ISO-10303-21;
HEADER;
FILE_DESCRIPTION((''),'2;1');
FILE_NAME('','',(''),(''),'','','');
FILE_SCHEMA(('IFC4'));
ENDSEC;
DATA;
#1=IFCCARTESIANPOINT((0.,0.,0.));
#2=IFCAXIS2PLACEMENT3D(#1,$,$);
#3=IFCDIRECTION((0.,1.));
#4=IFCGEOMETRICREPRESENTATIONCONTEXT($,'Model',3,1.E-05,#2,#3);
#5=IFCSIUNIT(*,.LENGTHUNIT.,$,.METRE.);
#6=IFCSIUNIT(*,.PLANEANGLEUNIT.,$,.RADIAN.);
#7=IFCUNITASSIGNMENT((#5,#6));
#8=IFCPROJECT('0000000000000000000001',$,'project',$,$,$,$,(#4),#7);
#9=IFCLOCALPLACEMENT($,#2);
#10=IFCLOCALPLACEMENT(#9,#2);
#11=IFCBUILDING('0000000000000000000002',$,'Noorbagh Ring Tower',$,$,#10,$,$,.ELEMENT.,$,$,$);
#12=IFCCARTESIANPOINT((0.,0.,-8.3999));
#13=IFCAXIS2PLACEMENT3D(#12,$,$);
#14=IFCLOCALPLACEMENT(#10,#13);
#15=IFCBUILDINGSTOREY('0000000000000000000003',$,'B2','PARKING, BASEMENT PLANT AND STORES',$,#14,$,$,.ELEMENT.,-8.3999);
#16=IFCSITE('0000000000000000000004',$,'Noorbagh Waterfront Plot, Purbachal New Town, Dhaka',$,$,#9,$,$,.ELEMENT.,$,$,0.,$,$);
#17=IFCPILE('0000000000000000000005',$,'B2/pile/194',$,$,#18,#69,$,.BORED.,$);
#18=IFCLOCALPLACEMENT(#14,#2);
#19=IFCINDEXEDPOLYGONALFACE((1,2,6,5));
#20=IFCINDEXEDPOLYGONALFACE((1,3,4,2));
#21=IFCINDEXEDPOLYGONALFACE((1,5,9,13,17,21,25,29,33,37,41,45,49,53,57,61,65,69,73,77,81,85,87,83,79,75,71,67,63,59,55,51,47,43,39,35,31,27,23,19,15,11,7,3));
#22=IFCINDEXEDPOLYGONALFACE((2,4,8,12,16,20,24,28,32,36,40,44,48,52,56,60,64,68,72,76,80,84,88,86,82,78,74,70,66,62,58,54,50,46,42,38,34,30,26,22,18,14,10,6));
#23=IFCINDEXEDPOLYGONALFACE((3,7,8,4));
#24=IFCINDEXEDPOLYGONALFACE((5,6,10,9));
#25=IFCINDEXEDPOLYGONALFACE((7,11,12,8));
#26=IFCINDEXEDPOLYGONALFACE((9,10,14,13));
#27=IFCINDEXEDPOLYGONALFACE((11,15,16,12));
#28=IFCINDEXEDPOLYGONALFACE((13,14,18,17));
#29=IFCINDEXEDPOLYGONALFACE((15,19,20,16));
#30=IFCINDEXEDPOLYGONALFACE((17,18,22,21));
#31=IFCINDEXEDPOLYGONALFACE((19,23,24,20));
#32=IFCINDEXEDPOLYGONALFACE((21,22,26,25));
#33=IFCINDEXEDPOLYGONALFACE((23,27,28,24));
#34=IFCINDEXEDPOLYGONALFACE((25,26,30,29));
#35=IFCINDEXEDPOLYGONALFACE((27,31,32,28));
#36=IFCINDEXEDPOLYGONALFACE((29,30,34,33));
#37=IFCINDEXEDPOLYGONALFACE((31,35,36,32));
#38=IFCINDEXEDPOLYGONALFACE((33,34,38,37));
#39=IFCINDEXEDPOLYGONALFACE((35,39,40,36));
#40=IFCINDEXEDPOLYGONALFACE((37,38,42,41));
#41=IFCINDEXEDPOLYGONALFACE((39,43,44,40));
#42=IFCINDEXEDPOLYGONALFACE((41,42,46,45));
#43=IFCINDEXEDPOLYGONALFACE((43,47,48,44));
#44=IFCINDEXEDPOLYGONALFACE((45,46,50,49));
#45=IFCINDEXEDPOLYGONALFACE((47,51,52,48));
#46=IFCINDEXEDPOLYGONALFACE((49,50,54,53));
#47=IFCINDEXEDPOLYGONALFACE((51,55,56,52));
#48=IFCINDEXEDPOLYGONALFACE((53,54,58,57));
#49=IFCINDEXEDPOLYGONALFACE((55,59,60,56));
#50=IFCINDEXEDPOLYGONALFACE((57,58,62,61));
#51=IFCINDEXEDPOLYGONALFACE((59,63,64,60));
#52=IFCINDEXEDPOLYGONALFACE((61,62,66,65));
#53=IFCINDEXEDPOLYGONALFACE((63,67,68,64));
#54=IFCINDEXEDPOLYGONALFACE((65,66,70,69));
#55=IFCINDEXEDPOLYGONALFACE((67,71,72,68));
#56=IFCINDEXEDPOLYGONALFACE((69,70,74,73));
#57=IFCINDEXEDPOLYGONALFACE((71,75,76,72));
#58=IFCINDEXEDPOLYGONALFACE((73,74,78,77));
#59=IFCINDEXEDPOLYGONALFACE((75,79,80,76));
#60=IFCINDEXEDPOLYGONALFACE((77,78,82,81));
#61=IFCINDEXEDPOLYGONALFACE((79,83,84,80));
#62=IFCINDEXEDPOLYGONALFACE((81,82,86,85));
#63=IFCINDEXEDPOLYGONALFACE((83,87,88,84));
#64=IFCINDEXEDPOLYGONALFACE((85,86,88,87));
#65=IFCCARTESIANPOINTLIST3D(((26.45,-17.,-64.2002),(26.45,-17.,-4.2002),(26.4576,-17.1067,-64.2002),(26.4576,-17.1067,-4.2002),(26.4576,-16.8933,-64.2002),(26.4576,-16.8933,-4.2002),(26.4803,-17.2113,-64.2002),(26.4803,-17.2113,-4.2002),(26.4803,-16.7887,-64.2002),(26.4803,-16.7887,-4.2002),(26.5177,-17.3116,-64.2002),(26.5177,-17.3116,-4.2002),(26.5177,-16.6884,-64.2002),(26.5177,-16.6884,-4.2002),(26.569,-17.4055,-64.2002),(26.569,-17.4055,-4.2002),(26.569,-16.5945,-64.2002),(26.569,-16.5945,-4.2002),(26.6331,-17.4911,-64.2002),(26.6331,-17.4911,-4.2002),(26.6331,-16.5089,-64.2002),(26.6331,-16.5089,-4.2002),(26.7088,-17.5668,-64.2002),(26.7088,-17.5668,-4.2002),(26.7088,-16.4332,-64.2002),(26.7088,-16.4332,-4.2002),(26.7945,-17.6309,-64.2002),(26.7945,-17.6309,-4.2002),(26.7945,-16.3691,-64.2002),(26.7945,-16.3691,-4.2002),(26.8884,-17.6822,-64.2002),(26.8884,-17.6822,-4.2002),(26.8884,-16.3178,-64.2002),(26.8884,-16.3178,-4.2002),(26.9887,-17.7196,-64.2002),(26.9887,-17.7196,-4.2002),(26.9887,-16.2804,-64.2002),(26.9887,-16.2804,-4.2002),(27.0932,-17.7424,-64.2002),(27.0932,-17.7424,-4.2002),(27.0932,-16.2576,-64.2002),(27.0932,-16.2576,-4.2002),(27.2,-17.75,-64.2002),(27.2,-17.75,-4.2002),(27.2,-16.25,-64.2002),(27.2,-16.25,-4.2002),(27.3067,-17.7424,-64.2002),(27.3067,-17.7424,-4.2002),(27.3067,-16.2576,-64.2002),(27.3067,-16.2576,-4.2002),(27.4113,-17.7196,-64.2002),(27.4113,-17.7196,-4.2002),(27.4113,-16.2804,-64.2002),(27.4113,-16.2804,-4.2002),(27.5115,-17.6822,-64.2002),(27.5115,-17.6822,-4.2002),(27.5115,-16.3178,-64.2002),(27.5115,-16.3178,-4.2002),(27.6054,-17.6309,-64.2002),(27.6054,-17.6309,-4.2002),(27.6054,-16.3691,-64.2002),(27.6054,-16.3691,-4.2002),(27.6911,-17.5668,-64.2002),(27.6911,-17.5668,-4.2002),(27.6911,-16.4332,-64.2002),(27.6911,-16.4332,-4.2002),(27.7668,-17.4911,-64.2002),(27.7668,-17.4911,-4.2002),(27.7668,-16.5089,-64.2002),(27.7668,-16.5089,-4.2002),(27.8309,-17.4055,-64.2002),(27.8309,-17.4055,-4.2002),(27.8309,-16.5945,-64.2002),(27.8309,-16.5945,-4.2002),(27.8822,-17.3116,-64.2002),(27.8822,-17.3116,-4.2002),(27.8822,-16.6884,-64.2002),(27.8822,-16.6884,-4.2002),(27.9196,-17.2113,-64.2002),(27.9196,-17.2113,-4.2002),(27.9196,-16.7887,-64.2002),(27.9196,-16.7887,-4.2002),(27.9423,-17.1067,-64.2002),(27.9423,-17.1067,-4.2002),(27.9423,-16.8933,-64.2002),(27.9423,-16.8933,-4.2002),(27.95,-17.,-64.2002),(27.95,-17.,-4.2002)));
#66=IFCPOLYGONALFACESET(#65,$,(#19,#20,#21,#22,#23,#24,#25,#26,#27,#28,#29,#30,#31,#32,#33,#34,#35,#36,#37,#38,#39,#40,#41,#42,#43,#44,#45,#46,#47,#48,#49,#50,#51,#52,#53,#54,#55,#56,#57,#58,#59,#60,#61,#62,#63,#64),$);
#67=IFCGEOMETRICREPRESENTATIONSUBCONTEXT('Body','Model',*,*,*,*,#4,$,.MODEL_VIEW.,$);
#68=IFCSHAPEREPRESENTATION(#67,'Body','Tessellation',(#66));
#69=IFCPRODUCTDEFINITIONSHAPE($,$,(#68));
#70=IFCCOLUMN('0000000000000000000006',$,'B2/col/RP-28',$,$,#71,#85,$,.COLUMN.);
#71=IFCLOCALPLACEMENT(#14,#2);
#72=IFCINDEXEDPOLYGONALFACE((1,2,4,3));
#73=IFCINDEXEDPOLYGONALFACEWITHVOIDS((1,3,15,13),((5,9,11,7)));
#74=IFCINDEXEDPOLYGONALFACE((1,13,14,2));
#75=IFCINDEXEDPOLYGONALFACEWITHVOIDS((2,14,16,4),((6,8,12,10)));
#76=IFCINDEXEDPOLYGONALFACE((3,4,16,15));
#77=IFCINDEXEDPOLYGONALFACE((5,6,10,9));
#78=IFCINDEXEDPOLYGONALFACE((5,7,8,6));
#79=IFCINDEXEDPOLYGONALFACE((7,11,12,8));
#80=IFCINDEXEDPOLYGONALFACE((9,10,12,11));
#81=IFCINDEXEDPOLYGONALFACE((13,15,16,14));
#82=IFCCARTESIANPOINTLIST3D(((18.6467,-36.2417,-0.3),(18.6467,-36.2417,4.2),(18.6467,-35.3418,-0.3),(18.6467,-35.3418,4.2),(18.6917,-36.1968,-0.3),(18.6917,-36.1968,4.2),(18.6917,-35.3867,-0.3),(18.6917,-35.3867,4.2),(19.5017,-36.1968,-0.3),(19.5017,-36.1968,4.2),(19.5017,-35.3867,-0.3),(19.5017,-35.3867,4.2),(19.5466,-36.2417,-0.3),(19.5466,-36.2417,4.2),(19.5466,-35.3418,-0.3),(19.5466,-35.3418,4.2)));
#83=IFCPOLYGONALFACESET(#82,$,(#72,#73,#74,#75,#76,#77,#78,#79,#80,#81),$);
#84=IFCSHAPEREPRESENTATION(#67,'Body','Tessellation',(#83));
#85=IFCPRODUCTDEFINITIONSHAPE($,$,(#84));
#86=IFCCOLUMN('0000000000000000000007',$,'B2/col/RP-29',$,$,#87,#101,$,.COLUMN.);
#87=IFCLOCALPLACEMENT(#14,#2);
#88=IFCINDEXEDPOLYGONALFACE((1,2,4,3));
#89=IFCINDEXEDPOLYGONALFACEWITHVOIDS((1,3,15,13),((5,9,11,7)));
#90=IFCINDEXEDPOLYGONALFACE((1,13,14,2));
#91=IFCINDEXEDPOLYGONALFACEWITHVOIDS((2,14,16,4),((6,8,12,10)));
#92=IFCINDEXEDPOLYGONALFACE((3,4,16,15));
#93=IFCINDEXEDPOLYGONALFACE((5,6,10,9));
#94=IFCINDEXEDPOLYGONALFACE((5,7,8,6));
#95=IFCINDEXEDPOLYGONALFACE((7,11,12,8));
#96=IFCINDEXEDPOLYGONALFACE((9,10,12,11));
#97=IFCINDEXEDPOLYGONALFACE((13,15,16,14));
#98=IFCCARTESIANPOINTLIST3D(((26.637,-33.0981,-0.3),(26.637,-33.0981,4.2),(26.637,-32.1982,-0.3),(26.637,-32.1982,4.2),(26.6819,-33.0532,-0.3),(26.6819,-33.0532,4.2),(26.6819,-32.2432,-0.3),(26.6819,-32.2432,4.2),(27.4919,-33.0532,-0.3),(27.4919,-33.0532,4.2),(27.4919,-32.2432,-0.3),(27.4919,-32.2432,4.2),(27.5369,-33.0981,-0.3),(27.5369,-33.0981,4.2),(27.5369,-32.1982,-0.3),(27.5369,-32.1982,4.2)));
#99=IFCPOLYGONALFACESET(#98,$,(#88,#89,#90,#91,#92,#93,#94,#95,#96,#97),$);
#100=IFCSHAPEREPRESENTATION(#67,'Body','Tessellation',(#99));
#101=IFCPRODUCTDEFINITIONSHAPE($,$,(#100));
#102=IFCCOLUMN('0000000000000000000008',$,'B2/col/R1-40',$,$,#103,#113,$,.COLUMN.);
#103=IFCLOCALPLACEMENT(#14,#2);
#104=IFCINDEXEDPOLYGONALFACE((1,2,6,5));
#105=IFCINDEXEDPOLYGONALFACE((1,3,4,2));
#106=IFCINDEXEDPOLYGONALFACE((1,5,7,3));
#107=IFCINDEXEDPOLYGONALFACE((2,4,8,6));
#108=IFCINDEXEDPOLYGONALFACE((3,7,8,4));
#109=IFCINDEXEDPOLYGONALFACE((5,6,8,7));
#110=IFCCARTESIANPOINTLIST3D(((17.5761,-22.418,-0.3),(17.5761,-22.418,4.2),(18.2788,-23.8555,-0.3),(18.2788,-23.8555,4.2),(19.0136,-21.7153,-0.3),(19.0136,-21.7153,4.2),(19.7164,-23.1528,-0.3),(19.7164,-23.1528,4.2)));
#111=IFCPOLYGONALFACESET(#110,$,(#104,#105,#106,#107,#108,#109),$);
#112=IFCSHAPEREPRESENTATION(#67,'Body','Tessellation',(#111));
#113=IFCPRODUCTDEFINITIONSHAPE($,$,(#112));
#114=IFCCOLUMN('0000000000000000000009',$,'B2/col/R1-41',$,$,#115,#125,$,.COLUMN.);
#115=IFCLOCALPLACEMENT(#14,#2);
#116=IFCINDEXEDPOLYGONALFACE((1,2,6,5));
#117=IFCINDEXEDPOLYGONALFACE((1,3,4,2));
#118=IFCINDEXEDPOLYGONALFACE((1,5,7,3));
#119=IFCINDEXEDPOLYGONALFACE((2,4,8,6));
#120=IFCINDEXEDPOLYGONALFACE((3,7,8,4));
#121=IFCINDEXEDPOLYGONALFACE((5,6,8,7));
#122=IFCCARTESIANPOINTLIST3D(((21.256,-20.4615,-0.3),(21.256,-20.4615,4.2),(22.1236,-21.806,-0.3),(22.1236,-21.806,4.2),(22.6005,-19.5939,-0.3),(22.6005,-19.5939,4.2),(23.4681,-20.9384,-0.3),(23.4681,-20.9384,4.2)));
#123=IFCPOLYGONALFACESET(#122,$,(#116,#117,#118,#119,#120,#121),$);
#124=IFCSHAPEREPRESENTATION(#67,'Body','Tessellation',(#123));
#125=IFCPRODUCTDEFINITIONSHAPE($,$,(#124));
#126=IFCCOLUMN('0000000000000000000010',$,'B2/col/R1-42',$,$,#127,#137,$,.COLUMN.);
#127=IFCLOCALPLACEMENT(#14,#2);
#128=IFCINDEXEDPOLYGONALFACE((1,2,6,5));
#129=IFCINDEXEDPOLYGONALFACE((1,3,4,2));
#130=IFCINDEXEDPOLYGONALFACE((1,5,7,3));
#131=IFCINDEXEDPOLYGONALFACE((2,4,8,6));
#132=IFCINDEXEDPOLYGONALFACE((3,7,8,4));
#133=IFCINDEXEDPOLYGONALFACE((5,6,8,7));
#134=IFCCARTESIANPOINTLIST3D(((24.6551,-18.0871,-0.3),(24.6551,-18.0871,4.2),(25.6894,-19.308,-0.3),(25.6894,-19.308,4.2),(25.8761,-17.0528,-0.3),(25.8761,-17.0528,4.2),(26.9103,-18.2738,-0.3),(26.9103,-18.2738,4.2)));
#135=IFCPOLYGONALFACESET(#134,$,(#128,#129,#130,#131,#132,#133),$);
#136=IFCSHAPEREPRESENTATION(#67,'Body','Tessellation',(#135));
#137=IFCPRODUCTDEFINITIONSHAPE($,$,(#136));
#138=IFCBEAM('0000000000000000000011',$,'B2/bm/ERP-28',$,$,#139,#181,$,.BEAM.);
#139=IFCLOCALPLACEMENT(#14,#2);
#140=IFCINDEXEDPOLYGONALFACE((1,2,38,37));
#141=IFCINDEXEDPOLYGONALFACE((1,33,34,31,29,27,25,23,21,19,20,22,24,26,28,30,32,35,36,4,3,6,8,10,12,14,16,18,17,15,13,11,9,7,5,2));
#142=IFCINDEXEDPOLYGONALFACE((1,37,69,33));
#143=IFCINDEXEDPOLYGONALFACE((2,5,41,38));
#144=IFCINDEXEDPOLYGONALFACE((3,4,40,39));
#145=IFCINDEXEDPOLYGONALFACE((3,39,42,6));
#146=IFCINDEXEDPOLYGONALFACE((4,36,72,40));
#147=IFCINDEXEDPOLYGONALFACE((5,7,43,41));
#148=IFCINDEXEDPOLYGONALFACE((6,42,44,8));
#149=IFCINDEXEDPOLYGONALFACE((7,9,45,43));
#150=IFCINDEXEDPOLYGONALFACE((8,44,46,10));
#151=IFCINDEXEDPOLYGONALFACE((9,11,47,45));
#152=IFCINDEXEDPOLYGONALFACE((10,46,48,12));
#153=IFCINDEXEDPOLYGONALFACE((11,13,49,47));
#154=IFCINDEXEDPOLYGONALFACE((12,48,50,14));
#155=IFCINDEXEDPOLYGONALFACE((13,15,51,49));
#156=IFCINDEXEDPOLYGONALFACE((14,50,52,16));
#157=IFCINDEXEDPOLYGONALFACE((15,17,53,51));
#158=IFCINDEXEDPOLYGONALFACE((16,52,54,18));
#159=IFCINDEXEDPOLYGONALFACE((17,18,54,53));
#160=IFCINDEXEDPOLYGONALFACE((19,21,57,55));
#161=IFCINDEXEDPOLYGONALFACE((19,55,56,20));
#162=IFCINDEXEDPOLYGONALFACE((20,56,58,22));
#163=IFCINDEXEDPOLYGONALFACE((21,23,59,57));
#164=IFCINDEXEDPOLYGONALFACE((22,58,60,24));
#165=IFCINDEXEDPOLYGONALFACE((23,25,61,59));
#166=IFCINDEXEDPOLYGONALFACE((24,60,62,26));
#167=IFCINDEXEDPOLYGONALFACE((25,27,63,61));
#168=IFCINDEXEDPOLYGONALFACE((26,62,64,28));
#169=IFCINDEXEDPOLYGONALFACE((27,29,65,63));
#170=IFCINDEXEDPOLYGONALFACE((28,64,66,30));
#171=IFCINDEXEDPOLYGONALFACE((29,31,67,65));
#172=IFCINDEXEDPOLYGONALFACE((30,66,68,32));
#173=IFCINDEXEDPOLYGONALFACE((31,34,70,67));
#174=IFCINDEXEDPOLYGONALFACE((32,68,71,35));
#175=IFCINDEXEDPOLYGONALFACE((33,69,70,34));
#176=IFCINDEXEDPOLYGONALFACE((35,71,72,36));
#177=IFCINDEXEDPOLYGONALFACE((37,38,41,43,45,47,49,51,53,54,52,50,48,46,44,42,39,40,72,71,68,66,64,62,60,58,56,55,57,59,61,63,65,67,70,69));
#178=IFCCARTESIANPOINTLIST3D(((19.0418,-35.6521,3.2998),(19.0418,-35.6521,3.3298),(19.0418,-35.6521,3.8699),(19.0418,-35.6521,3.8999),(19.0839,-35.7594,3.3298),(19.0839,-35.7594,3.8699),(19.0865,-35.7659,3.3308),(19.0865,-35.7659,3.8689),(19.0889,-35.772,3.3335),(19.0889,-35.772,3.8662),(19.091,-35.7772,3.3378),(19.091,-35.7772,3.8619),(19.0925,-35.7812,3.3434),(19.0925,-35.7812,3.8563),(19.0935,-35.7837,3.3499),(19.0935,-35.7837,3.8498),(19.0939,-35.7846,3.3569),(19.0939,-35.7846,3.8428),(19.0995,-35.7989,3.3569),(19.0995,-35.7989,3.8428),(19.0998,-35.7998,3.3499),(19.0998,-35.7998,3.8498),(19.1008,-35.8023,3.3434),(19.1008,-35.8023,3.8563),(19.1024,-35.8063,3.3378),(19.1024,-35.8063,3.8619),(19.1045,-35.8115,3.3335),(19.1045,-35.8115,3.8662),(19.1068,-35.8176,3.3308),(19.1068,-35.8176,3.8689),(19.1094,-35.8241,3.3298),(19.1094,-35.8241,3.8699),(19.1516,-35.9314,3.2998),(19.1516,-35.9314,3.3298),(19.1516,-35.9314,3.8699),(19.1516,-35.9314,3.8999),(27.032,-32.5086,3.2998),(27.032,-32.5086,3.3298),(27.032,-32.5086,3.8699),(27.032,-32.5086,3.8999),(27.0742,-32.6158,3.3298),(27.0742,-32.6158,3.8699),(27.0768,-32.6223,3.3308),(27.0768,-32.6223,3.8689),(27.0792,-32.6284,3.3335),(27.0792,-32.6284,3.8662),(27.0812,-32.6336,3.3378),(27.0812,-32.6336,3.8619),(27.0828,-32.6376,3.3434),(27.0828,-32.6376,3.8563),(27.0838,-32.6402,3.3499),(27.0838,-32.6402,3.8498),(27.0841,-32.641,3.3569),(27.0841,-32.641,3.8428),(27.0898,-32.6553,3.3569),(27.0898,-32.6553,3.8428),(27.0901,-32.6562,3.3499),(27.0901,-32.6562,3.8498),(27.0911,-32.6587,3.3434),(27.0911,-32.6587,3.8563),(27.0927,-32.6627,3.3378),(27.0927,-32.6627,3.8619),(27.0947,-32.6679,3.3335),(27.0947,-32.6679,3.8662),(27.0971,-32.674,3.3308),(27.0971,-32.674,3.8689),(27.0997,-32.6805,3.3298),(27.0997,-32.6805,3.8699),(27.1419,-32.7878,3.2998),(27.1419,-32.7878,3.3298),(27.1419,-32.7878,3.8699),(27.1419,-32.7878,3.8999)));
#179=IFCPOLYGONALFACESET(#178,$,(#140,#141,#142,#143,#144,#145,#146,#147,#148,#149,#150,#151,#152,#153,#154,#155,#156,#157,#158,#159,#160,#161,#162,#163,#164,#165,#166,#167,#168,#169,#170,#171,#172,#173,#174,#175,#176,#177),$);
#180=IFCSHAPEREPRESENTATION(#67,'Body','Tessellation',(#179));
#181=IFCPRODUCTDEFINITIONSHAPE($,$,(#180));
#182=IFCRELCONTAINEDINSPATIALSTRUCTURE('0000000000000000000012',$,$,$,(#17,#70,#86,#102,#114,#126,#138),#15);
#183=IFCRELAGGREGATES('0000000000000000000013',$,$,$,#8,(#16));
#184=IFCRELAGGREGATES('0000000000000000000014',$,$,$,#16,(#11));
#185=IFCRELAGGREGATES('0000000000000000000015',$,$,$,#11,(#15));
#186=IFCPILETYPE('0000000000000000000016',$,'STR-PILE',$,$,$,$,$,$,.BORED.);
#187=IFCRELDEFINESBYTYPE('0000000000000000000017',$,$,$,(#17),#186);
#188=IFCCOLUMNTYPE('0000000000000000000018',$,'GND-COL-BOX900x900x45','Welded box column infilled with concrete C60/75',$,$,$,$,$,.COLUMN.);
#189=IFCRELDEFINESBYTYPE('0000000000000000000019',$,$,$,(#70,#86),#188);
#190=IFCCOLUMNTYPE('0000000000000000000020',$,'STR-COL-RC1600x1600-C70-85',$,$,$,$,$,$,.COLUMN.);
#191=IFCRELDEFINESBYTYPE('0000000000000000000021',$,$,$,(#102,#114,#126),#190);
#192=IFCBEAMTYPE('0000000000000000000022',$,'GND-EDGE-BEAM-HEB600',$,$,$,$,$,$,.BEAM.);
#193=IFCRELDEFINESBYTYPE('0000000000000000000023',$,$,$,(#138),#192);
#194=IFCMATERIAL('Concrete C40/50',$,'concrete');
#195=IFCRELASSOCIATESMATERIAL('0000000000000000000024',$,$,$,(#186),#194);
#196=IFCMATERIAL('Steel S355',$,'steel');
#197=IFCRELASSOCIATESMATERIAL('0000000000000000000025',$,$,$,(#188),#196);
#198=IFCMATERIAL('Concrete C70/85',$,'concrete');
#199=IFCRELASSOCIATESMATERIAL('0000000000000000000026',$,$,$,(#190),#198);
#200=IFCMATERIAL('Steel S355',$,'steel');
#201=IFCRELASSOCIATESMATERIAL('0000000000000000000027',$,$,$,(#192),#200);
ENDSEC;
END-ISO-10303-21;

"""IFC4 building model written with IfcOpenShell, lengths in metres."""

from ifc_helpers import new_model, si_unit, direction, frame, origin, origin_2d, place, context, subcontext, project, spatial, rectangle, hollow_rectangle, circle, i_section, extrude, material, material_profile, profile_set, type_object, element, save


model = new_model("IFC4")

# Units and contexts
model_context = context("Model", 3, precision=1e-05, world=origin(), true_north=direction((0.0, 1.0)))
body_context = subcontext(model_context, "Body", "Model", "MODEL_VIEW")
ifc_project = project(units=[si_unit("LENGTHUNIT", "METRE"), si_unit("PLANEANGLEUNIT", "RADIAN")], contexts=[model_context])

# Site, building, storey
site_placement = place(None, origin())
site = spatial("IfcSite", under=ifc_project, at=site_placement, Name="Noorbagh Waterfront Plot, Purbachal New Town, Dhaka", CompositionType="ELEMENT", RefElevation=0.0)
building_placement = place(site_placement, origin())
building = spatial("IfcBuilding", under=site, at=building_placement, Name="Noorbagh Ring Tower", CompositionType="ELEMENT")
storey_placement = place(building_placement, frame((0.0, 0.0, -8.3999)))
storey = spatial("IfcBuildingStorey", under=building, at=storey_placement, Name="B2", Description="PARKING, BASEMENT PLANT AND STORES", CompositionType="ELEMENT", Elevation=-8.3999)

# Pile
ifc_material_1 = material(Name="Concrete C40/50", Category="concrete")
ifc_material_profile_1 = material_profile(ifc_material_1, circle(Radius=0.75, at=origin_2d()), Name="PILE1500")
ifc_profile_set_1 = profile_set([ifc_material_profile_1], Name="Concrete C40/50")
pile_type_1 = type_object("IfcPileType", Name="STR-PILE", PredefinedType="BORED", material=ifc_profile_set_1)
for number, where, z_axis, x_axis, name in (
    (1, (27.2, -17.0, -4.2002), (0.0, 0.0, -1.0), (1.0, 0.0, 0.0), "B2/pile/194"),
):
    element("IfcPile", number, at=place(storey_placement, frame(where, z_axis=z_axis, x_axis=x_axis)), inside=storey, type_object=pile_type_1, Name=name, PredefinedType="BORED", context=body_context, shape_type="SweptSolid", body=[
        extrude(circle(Radius=0.75, at=origin_2d()), origin(), (0.0, 0.0, 1.0), 60.0),
    ])

# Columns
ifc_material_2 = material(Name="Steel S355", Category="steel")
ifc_material_profile_2 = material_profile(ifc_material_2, hollow_rectangle(XDim=0.8999, YDim=0.8999, WallThickness=0.0449, at=origin_2d()), Name="BOX900x900x45")
ifc_profile_set_2 = profile_set([ifc_material_profile_2], Name="Steel S355")
column_type_1 = type_object("IfcColumnType", Name="GND-COL-BOX900x900x45", Description="Welded box column infilled with concrete C60/75", PredefinedType="COLUMN", material=ifc_profile_set_2)
for number, where, z_axis, x_axis, name in (
    (2, (19.0967, -35.7917, -0.3), (0.0, 0.0, 1.0), (1.0, 0.0, 0.0), "B2/col/RP-28"),
    (3, (27.0869, -32.6482, -0.3), (0.0, 0.0, 1.0), (1.0, 0.0, 0.0), "B2/col/RP-29"),
):
    element("IfcColumn", number, at=place(storey_placement, frame(where, z_axis=z_axis, x_axis=x_axis)), inside=storey, type_object=column_type_1, Name=name, PredefinedType="COLUMN", context=body_context, shape_type="SweptSolid", body=[
        extrude(hollow_rectangle(XDim=0.8999, YDim=0.8999, WallThickness=0.0449, at=origin_2d()), origin(), (0.0, 0.0, 1.0), 4.5),
    ])
ifc_material_3 = material(Name="Concrete C70/85", Category="concrete")
ifc_material_profile_3 = material_profile(ifc_material_3, rectangle(XDim=1.6001, YDim=1.6001, at=origin_2d()), Name="RC1600x1600")
ifc_profile_set_3 = profile_set([ifc_material_profile_3], Name="Concrete C70/85")
column_type_2 = type_object("IfcColumnType", Name="STR-COL-RC1600x1600-C70-85", PredefinedType="COLUMN", material=ifc_profile_set_3)
for number, where, z_axis, x_axis, name in (
    (4, (18.6462, -22.7854, -0.3), (0.0, 0.0, 1.0), (0.898399, 0.43918, 0.0), "B2/col/R1-40"),
    (5, (22.3621, -20.7, -0.3), (0.0, 0.0, 1.0), (0.840248, 0.542203, 0.0), "B2/col/R1-41"),
    (6, (25.7827, -18.1804, -0.3), (0.0, 0.0, 1.0), (0.763035, 0.646357, 0.0), "B2/col/R1-42"),
):
    element("IfcColumn", number, at=place(storey_placement, frame(where, z_axis=z_axis, x_axis=x_axis)), inside=storey, type_object=column_type_2, Name=name, PredefinedType="COLUMN", context=body_context, shape_type="SweptSolid", body=[
        extrude(rectangle(XDim=1.6001, YDim=1.6001, at=origin_2d()), origin(), (0.0, 0.0, 1.0), 4.5),
    ])

# Beam
ifc_material_4 = material(Name="Steel S355", Category="steel")
ifc_material_profile_4 = material_profile(ifc_material_4, i_section(OverallWidth=0.3, OverallDepth=0.6001, WebThickness=0.0154, FlangeThickness=0.03, FilletRadius=0.0271, at=origin_2d()), Name="HEB600")
ifc_profile_set_4 = profile_set([ifc_material_profile_4], Name="Steel S355")
beam_type_1 = type_object("IfcBeamType", Name="GND-EDGE-BEAM-HEB600", PredefinedType="BEAM", material=ifc_profile_set_4)
beam_1_placement = place(storey_placement, frame((19.0967, -35.7917, 3.5999), z_axis=(0.930572, 0.36611, 0.0), x_axis=(-0.36611, 0.930572, 0.0)))
element("IfcBeam", 7, at=beam_1_placement, inside=storey, type_object=beam_type_1, Name="B2/bm/ERP-28", PredefinedType="BEAM", context=body_context, shape_type="SweptSolid", body=[
    extrude(i_section(OverallWidth=0.3, OverallDepth=0.6001, WebThickness=0.0154, FlangeThickness=0.03, FilletRadius=0.0271, at=origin_2d()), origin(), (0.0, 0.0, 1.0), 8.5864),
])

save(model, "model.ifc")
